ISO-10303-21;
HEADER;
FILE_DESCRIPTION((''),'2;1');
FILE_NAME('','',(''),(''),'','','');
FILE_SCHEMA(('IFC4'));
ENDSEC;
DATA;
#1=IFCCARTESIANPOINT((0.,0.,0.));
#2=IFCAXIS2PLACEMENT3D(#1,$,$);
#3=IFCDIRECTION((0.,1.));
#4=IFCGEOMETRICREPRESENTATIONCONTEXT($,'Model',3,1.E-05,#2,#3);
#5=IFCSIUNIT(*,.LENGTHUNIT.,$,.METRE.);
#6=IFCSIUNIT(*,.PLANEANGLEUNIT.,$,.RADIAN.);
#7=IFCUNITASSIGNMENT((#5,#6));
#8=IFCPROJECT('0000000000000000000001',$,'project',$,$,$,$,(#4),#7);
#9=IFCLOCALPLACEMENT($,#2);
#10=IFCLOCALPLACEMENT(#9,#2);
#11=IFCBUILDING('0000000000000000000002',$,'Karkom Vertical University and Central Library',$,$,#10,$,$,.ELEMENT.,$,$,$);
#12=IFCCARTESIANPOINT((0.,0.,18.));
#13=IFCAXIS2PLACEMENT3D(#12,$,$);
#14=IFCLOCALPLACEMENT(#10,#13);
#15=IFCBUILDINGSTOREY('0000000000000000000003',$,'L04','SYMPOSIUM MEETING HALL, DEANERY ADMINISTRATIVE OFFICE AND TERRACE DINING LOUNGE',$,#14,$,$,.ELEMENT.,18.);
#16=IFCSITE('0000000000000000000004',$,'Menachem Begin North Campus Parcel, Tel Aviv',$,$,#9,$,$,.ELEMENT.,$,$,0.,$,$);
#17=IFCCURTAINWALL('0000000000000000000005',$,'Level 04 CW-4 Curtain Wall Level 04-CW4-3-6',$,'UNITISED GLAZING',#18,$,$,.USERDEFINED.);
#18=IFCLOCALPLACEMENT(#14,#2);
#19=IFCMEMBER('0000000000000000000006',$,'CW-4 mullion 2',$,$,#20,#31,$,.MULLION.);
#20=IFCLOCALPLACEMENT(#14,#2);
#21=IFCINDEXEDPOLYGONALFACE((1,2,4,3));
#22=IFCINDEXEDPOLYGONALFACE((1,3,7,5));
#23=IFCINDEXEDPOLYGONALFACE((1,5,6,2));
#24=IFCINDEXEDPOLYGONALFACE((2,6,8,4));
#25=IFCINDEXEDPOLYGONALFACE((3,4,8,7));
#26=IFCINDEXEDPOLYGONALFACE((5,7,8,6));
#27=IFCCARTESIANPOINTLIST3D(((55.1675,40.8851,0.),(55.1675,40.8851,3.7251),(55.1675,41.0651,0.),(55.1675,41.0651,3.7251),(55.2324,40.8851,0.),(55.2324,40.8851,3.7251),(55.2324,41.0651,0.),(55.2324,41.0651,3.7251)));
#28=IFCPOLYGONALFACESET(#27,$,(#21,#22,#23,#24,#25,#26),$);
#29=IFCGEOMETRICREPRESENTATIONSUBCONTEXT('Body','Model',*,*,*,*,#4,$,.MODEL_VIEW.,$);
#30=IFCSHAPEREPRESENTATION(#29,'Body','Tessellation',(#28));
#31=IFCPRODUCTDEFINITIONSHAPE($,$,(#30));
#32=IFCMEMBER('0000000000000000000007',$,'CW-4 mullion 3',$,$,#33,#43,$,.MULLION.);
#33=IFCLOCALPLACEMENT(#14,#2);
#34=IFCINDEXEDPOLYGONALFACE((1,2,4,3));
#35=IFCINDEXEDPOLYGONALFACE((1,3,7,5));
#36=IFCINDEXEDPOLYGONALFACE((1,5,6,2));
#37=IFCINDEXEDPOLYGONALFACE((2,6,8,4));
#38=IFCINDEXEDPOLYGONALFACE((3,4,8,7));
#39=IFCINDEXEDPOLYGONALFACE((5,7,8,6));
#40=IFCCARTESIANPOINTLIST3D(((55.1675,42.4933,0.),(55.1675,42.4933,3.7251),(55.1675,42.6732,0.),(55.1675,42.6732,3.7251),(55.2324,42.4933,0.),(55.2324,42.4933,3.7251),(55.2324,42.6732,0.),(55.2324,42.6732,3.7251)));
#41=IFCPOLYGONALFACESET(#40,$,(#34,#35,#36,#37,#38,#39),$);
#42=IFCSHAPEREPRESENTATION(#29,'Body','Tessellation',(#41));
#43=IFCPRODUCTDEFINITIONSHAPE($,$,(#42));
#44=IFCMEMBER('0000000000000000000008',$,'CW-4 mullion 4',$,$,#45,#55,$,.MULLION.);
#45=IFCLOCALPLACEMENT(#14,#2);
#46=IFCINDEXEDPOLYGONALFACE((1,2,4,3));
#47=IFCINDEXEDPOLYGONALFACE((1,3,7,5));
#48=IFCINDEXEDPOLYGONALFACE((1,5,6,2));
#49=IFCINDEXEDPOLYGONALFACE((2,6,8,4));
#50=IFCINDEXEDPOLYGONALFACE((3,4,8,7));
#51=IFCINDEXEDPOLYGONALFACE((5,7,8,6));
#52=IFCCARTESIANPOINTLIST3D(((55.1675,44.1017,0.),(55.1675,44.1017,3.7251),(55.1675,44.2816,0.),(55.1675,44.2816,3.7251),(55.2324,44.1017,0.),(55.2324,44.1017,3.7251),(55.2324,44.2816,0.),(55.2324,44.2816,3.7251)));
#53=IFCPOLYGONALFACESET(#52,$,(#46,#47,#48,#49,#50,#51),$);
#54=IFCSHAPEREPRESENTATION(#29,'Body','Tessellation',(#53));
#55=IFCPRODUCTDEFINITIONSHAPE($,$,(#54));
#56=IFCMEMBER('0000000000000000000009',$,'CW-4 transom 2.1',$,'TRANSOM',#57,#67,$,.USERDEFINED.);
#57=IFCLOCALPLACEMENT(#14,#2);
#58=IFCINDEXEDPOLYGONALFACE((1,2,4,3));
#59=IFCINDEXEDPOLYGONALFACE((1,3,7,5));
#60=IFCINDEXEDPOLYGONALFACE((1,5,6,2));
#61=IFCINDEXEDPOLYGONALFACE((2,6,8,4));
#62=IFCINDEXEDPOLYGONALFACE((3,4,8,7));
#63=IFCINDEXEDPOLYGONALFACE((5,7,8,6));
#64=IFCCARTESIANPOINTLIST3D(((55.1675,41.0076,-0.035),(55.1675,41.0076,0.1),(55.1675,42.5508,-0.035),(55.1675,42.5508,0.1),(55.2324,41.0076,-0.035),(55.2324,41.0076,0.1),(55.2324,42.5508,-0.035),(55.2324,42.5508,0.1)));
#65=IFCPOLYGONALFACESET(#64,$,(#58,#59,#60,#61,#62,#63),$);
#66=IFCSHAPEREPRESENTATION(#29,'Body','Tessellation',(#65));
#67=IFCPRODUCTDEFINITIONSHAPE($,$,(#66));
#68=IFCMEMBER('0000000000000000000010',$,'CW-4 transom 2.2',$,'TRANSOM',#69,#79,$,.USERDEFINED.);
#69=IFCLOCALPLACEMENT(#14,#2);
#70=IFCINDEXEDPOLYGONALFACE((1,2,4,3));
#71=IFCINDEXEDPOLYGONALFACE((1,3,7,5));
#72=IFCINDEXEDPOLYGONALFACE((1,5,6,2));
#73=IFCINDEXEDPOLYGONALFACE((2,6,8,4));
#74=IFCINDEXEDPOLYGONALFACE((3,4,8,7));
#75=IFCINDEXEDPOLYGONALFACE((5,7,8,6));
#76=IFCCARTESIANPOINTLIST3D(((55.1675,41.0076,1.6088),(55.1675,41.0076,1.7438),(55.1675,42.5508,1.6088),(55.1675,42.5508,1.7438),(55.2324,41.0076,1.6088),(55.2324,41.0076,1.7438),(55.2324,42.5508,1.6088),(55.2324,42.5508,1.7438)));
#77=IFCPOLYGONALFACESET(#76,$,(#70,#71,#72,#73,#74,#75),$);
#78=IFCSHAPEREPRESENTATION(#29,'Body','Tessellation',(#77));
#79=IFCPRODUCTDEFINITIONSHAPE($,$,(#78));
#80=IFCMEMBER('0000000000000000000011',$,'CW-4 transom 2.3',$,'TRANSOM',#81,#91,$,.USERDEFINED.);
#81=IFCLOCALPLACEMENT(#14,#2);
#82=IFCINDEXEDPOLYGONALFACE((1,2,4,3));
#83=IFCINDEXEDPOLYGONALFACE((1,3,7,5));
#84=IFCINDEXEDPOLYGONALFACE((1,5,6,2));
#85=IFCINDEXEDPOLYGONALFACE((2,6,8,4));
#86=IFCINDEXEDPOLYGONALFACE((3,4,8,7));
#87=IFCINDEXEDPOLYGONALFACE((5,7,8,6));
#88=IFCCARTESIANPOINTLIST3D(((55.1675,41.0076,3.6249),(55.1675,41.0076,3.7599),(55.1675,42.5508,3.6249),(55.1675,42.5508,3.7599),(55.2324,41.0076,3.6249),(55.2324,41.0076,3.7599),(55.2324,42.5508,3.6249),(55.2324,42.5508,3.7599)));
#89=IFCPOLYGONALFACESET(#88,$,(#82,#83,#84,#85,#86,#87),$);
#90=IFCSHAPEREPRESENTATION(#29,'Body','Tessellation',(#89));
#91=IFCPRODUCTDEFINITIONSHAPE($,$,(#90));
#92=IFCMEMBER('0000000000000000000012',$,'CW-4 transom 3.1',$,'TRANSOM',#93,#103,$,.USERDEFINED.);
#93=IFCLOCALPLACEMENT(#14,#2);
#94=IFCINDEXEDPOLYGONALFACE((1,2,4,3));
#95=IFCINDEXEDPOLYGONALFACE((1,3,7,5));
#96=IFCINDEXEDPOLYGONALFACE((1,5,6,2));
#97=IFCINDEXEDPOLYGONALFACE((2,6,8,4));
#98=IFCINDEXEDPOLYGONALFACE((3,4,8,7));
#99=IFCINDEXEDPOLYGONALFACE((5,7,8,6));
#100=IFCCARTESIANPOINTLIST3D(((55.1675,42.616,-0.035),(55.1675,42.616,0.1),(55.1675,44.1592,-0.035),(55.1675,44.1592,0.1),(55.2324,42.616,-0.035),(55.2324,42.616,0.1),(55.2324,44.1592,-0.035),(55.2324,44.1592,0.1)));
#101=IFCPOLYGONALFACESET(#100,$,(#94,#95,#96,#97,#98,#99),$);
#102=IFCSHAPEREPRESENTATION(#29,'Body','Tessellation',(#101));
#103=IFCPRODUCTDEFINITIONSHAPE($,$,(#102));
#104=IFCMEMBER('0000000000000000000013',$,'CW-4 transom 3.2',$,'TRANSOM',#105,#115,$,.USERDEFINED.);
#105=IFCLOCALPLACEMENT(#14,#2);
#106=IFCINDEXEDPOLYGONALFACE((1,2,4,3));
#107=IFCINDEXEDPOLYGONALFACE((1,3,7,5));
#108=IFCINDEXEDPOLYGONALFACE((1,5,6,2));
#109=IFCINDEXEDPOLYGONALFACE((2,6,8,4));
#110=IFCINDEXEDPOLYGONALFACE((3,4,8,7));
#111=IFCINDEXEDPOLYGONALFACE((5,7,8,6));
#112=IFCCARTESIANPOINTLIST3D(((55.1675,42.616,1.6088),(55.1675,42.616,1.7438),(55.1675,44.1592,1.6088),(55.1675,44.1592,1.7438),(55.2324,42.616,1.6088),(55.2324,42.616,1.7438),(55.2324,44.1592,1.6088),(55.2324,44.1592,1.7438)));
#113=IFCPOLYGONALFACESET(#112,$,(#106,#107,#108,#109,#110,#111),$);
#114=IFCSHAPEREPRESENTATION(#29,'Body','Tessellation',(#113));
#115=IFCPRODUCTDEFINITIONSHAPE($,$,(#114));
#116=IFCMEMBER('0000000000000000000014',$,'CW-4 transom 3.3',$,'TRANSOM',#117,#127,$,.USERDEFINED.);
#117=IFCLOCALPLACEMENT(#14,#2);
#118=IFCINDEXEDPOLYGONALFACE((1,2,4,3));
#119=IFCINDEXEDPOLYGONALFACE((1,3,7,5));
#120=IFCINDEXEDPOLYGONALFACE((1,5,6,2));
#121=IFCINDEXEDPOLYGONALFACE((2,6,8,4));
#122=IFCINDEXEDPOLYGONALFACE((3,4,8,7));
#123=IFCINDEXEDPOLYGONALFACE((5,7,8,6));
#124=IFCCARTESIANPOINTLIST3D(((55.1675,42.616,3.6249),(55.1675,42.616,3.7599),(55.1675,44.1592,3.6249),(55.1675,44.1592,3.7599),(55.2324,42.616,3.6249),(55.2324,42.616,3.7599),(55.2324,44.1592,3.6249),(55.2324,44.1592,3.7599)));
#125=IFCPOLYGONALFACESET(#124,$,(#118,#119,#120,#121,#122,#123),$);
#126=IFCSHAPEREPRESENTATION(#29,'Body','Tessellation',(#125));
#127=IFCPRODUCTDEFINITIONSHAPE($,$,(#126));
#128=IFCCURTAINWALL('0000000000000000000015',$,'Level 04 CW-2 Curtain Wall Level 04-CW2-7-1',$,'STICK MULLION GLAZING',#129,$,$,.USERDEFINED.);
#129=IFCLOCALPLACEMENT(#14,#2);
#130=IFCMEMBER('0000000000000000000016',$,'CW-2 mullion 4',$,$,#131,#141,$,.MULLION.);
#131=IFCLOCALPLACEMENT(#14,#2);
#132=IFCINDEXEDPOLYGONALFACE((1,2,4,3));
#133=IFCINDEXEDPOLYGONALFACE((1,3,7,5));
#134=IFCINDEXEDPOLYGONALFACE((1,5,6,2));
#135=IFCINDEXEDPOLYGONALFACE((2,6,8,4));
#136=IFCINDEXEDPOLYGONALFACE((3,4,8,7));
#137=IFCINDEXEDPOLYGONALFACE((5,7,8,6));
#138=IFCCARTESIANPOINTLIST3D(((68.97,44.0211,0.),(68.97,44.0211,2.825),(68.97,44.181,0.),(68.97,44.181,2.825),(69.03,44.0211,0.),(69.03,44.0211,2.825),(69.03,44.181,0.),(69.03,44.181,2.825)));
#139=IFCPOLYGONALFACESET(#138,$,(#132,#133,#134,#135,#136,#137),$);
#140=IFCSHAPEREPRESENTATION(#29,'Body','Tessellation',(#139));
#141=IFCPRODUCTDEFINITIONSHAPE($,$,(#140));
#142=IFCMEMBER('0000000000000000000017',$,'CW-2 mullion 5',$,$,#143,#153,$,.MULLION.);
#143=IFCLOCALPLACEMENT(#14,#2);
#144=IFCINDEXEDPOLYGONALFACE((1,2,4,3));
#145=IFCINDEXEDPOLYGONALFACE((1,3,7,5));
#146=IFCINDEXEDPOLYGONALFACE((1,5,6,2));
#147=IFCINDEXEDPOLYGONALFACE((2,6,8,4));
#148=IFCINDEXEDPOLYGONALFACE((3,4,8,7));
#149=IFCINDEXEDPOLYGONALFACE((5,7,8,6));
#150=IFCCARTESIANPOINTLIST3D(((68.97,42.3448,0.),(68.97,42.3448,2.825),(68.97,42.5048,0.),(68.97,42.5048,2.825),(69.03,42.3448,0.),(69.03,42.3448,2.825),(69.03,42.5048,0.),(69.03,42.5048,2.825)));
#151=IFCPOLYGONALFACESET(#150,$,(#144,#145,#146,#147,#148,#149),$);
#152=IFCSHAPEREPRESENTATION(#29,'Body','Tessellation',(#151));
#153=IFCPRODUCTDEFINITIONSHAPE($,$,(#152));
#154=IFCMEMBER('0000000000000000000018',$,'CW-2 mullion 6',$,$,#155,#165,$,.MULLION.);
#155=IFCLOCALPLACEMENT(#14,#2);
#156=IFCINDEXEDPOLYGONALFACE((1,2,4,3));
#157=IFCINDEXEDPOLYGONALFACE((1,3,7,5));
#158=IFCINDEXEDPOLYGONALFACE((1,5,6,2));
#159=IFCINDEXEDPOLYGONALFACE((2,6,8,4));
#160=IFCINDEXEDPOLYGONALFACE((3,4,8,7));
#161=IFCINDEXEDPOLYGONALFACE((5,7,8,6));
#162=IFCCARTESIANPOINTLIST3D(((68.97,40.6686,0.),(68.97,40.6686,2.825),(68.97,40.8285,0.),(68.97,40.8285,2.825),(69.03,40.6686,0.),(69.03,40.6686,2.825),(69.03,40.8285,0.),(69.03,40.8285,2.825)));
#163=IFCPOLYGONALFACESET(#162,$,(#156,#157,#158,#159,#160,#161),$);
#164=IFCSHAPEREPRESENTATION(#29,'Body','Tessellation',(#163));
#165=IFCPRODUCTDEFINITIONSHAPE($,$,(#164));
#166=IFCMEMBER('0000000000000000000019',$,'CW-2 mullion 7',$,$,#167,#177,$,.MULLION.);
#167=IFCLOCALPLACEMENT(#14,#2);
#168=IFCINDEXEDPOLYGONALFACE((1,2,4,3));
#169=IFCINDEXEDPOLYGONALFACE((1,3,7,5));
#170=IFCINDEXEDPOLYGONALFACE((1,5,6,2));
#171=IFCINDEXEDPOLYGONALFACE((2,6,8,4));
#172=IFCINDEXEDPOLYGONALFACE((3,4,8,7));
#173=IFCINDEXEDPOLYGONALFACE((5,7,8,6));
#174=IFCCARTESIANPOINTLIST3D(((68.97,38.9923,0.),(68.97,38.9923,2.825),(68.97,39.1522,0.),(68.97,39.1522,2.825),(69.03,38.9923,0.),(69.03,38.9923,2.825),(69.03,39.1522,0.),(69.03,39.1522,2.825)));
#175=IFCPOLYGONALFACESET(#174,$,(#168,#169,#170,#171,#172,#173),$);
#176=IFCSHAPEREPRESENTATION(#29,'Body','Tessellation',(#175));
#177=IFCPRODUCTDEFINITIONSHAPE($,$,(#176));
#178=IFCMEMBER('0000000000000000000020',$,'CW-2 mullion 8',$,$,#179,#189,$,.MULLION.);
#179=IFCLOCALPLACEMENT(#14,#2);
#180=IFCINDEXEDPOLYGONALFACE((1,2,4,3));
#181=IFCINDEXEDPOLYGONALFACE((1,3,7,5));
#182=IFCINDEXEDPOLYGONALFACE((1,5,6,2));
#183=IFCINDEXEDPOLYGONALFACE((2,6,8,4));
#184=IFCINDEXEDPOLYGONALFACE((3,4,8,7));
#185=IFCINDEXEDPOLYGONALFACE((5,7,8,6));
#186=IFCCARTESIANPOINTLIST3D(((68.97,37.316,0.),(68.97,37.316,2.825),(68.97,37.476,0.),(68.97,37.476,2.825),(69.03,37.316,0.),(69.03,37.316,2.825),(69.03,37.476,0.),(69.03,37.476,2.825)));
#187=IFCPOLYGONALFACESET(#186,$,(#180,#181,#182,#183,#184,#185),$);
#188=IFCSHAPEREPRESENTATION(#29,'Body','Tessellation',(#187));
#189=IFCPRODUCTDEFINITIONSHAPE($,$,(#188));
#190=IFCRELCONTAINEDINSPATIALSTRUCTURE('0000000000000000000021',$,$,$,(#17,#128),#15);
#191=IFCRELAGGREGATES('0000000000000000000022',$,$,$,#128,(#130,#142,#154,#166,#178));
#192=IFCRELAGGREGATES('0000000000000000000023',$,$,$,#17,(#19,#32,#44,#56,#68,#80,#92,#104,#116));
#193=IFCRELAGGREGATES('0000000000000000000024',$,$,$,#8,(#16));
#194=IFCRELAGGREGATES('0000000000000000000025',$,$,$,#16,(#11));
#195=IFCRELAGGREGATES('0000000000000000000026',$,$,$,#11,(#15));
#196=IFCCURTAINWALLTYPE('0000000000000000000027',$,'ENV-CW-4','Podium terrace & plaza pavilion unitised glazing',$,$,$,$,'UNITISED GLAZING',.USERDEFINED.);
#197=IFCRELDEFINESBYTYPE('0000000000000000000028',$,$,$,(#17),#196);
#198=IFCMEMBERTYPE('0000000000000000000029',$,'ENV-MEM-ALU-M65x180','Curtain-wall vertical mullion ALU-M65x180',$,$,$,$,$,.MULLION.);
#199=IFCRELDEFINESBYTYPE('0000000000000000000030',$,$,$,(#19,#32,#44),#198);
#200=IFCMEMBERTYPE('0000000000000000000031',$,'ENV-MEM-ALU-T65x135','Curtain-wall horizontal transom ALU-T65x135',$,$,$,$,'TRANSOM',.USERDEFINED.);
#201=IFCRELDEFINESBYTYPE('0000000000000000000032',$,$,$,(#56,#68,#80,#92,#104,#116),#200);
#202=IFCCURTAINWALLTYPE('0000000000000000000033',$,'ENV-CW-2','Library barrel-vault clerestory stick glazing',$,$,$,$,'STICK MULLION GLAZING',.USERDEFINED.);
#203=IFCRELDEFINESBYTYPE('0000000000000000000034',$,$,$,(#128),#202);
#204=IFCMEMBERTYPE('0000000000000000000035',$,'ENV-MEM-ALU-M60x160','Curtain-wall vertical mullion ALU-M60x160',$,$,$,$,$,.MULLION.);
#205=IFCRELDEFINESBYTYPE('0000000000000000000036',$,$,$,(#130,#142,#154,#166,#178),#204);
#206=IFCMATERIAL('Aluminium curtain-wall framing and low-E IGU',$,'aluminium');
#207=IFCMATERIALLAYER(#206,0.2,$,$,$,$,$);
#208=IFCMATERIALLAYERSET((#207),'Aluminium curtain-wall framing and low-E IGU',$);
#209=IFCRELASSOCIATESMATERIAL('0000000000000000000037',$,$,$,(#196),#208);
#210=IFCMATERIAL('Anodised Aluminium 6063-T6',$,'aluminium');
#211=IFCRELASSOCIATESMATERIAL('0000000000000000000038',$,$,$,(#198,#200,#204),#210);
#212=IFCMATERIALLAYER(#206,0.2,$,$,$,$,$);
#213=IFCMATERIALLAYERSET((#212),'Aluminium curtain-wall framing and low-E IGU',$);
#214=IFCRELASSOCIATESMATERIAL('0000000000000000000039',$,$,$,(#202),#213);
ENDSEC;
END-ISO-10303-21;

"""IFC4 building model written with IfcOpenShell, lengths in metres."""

from ifc_helpers import new_model, si_unit, direction, frame, origin, origin_with_axes, origin_2d, place, context, subcontext, project, spatial, rectangle, extrude, source, transform, mapped, material, layer, layer_set, material_profile, profile_set, type_object, element, aggregate, save


model = new_model("IFC4")

# Units and contexts
model_context = context("Model", 3, precision=1e-05, world=origin(), true_north=direction((0.0, 1.0)))
body_context = subcontext(model_context, "Body", "Model", "MODEL_VIEW")
ifc_project = project(units=[si_unit("LENGTHUNIT", "METRE"), si_unit("PLANEANGLEUNIT", "RADIAN")], contexts=[model_context])

# Site, building, storey
site_placement = place(None, origin())
site = spatial("IfcSite", under=ifc_project, at=site_placement, Name="Menachem Begin North Campus Parcel, Tel Aviv", CompositionType="ELEMENT", RefElevation=0.0)
building_placement = place(site_placement, origin())
building = spatial("IfcBuilding", under=site, at=building_placement, Name="Karkom Vertical University and Central Library", CompositionType="ELEMENT")
storey_placement = place(building_placement, frame((0.0, 0.0, 18.0)))
storey = spatial("IfcBuildingStorey", under=building, at=storey_placement, Name="L04", Description="SYMPOSIUM MEETING HALL, DEANERY ADMINISTRATIVE OFFICE AND TERRACE DINING LOUNGE", CompositionType="ELEMENT", Elevation=18.0)

# Curtain walls, members
ifc_material_1 = material(Name="Aluminium curtain-wall framing and low-E IGU", Category="aluminium")
ifc_layer_1 = layer(ifc_material_1, 0.2)
ifc_layer_set_1 = layer_set([ifc_layer_1], Name="Aluminium curtain-wall framing and low-E IGU")
curtain_wall_type_1 = type_object("IfcCurtainWallType", Name="ENV-CW-4", Description="Podium terrace & plaza pavilion unitised glazing", ElementType="UNITISED GLAZING", PredefinedType="USERDEFINED", material=ifc_layer_set_1)
curtain_wall_1_placement = place(storey_placement, origin())
curtain_wall_1 = element("IfcCurtainWall", 1, at=curtain_wall_1_placement, inside=storey, type_object=curtain_wall_type_1, Name="Level 04 CW-4 Curtain Wall Level 04-CW4-3-6", ObjectType="UNITISED GLAZING", PredefinedType="USERDEFINED")
ifc_material_2 = material(Name="Anodised Aluminium 6063-T6", Category="aluminium")
ifc_material_profile_1 = material_profile(ifc_material_2, rectangle(XDim=0.0649, YDim=0.1799, at=origin_2d()), Name="ALU-M65x180")
ifc_profile_set_1 = profile_set([ifc_material_profile_1], Name="Anodised Aluminium 6063-T6")
member_type_1 = type_object("IfcMemberType", Name="ENV-MEM-ALU-M65x180", Description="Curtain-wall vertical mullion ALU-M65x180", PredefinedType="MULLION", material=ifc_profile_set_1)
shared_shape_1 = source(origin_with_axes(), body_context, "Body", "SweptSolid", [
    extrude(rectangle(XDim=0.0649, YDim=0.1799, at=origin_2d()), origin(), (0.0, 0.0, 1.0), 3.7251),
])
member_1_placement = place(storey_placement, frame((55.2, 40.9751, 0.0), z_axis=(0.0, 0.0, 1.0), x_axis=(-1.0, 0.0, 0.0)))
member_1 = element("IfcMember", 2, at=member_1_placement, type_object=member_type_1, Name="CW-4 mullion 2", PredefinedType="MULLION", context=body_context, shape_type="MappedRepresentation", body=[
    mapped(shared_shape_1, transform((0.0, 0.0, 0.0), scale=1.0)),
])
member_2_placement = place(storey_placement, frame((55.2, 42.5833, 0.0), z_axis=(0.0, 0.0, 1.0), x_axis=(-1.0, 0.0, 0.0)))
member_2 = element("IfcMember", 3, at=member_2_placement, type_object=member_type_1, Name="CW-4 mullion 3", PredefinedType="MULLION", context=body_context, shape_type="MappedRepresentation", body=[
    mapped(shared_shape_1, transform((0.0, 0.0, 0.0), scale=1.0)),
])
member_3_placement = place(storey_placement, frame((55.2, 44.1917, 0.0), z_axis=(0.0, 0.0, 1.0), x_axis=(-1.0, 0.0, 0.0)))
member_3 = element("IfcMember", 4, at=member_3_placement, type_object=member_type_1, Name="CW-4 mullion 4", PredefinedType="MULLION", context=body_context, shape_type="MappedRepresentation", body=[
    mapped(shared_shape_1, transform((0.0, 0.0, 0.0), scale=1.0)),
])
ifc_material_profile_2 = material_profile(ifc_material_2, rectangle(XDim=0.0649, YDim=0.135, at=origin_2d()), Name="ALU-T65x135")
ifc_profile_set_2 = profile_set([ifc_material_profile_2], Name="Anodised Aluminium 6063-T6")
member_type_2 = type_object("IfcMemberType", Name="ENV-MEM-ALU-T65x135", Description="Curtain-wall horizontal transom ALU-T65x135", ElementType="TRANSOM", PredefinedType="USERDEFINED", material=ifc_profile_set_2)
shared_shape_2 = source(origin_with_axes(), body_context, "Body", "SweptSolid", [
    extrude(rectangle(XDim=0.0649, YDim=0.135, at=origin_2d()), origin(), (0.0, 0.0, 1.0), 1.5432),
])
member_4_placement = place(storey_placement, frame((55.2, 41.0076, 0.0325), z_axis=(0.0, 1.0, 0.0), x_axis=(-1.0, 0.0, 0.0)))
member_4 = element("IfcMember", 5, at=member_4_placement, type_object=member_type_2, Name="CW-4 transom 2.1", ObjectType="TRANSOM", PredefinedType="USERDEFINED", context=body_context, shape_type="MappedRepresentation", body=[
    mapped(shared_shape_2, transform((0.0, 0.0, 0.0), scale=1.0)),
])
member_5_placement = place(storey_placement, frame((55.2, 41.0076, 1.6763), z_axis=(0.0, 1.0, 0.0), x_axis=(-1.0, 0.0, 0.0)))
member_5 = element("IfcMember", 6, at=member_5_placement, type_object=member_type_2, Name="CW-4 transom 2.2", ObjectType="TRANSOM", PredefinedType="USERDEFINED", context=body_context, shape_type="MappedRepresentation", body=[
    mapped(shared_shape_2, transform((0.0, 0.0, 0.0), scale=1.0)),
])
member_6_placement = place(storey_placement, frame((55.2, 41.0076, 3.6924), z_axis=(0.0, 1.0, 0.0), x_axis=(-1.0, 0.0, 0.0)))
member_6 = element("IfcMember", 7, at=member_6_placement, type_object=member_type_2, Name="CW-4 transom 2.3", ObjectType="TRANSOM", PredefinedType="USERDEFINED", context=body_context, shape_type="MappedRepresentation", body=[
    mapped(shared_shape_2, transform((0.0, 0.0, 0.0), scale=1.0)),
])
member_7_placement = place(storey_placement, frame((55.2, 42.616, 0.0325), z_axis=(0.0, 1.0, 0.0), x_axis=(-1.0, 0.0, 0.0)))
member_7 = element("IfcMember", 8, at=member_7_placement, type_object=member_type_2, Name="CW-4 transom 3.1", ObjectType="TRANSOM", PredefinedType="USERDEFINED", context=body_context, shape_type="MappedRepresentation", body=[
    mapped(shared_shape_2, transform((0.0, 0.0, 0.0), scale=1.0)),
])
member_8_placement = place(storey_placement, frame((55.2, 42.616, 1.6763), z_axis=(0.0, 1.0, 0.0), x_axis=(-1.0, 0.0, 0.0)))
member_8 = element("IfcMember", 9, at=member_8_placement, type_object=member_type_2, Name="CW-4 transom 3.2", ObjectType="TRANSOM", PredefinedType="USERDEFINED", context=body_context, shape_type="MappedRepresentation", body=[
    mapped(shared_shape_2, transform((0.0, 0.0, 0.0), scale=1.0)),
])
member_9_placement = place(storey_placement, frame((55.2, 42.616, 3.6924), z_axis=(0.0, 1.0, 0.0), x_axis=(-1.0, 0.0, 0.0)))
member_9 = element("IfcMember", 10, at=member_9_placement, type_object=member_type_2, Name="CW-4 transom 3.3", ObjectType="TRANSOM", PredefinedType="USERDEFINED", context=body_context, shape_type="MappedRepresentation", body=[
    mapped(shared_shape_2, transform((0.0, 0.0, 0.0), scale=1.0)),
])
ifc_layer_2 = layer(ifc_material_1, 0.2)
ifc_layer_set_2 = layer_set([ifc_layer_2], Name="Aluminium curtain-wall framing and low-E IGU")
curtain_wall_type_2 = type_object("IfcCurtainWallType", Name="ENV-CW-2", Description="Library barrel-vault clerestory stick glazing", ElementType="STICK MULLION GLAZING", PredefinedType="USERDEFINED", material=ifc_layer_set_2)
curtain_wall_2_placement = place(storey_placement, origin())
curtain_wall_2 = element("IfcCurtainWall", 11, at=curtain_wall_2_placement, inside=storey, type_object=curtain_wall_type_2, Name="Level 04 CW-2 Curtain Wall Level 04-CW2-7-1", ObjectType="STICK MULLION GLAZING", PredefinedType="USERDEFINED")
ifc_material_profile_3 = material_profile(ifc_material_2, rectangle(XDim=0.0601, YDim=0.1599, at=origin_2d()), Name="ALU-M60x160")
ifc_profile_set_3 = profile_set([ifc_material_profile_3], Name="Anodised Aluminium 6063-T6")
member_type_3 = type_object("IfcMemberType", Name="ENV-MEM-ALU-M60x160", Description="Curtain-wall vertical mullion ALU-M60x160", PredefinedType="MULLION", material=ifc_profile_set_3)
shared_shape_3 = source(origin_with_axes(), body_context, "Body", "SweptSolid", [
    extrude(rectangle(XDim=0.0601, YDim=0.1599, at=origin_2d()), origin(), (0.0, 0.0, 1.0), 2.825),
])
member_10_placement = place(storey_placement, frame((69.0, 44.1011, 0.0), z_axis=(0.0, 0.0, 1.0), x_axis=(1.0, 0.0, 0.0)))
member_10 = element("IfcMember", 12, at=member_10_placement, type_object=member_type_3, Name="CW-2 mullion 4", PredefinedType="MULLION", context=body_context, shape_type="MappedRepresentation", body=[
    mapped(shared_shape_3, transform((0.0, 0.0, 0.0), scale=1.0)),
])
member_11_placement = place(storey_placement, frame((69.0, 42.4248, 0.0), z_axis=(0.0, 0.0, 1.0), x_axis=(1.0, 0.0, 0.0)))
member_11 = element("IfcMember", 13, at=member_11_placement, type_object=member_type_3, Name="CW-2 mullion 5", PredefinedType="MULLION", context=body_context, shape_type="MappedRepresentation", body=[
    mapped(shared_shape_3, transform((0.0, 0.0, 0.0), scale=1.0)),
])
member_12_placement = place(storey_placement, frame((69.0, 40.7485, 0.0), z_axis=(0.0, 0.0, 1.0), x_axis=(1.0, 0.0, 0.0)))
member_12 = element("IfcMember", 14, at=member_12_placement, type_object=member_type_3, Name="CW-2 mullion 6", PredefinedType="MULLION", context=body_context, shape_type="MappedRepresentation", body=[
    mapped(shared_shape_3, transform((0.0, 0.0, 0.0), scale=1.0)),
])
member_13_placement = place(storey_placement, frame((69.0, 39.0723, 0.0), z_axis=(0.0, 0.0, 1.0), x_axis=(1.0, 0.0, 0.0)))
member_13 = element("IfcMember", 15, at=member_13_placement, type_object=member_type_3, Name="CW-2 mullion 7", PredefinedType="MULLION", context=body_context, shape_type="MappedRepresentation", body=[
    mapped(shared_shape_3, transform((0.0, 0.0, 0.0), scale=1.0)),
])
member_14_placement = place(storey_placement, frame((69.0, 37.396, 0.0), z_axis=(0.0, 0.0, 1.0), x_axis=(1.0, 0.0, 0.0)))
member_14 = element("IfcMember", 16, at=member_14_placement, type_object=member_type_3, Name="CW-2 mullion 8", PredefinedType="MULLION", context=body_context, shape_type="MappedRepresentation", body=[
    mapped(shared_shape_3, transform((0.0, 0.0, 0.0), scale=1.0)),
])
aggregate(curtain_wall_2, [member_10, member_11, member_12, member_13, member_14])

aggregate(curtain_wall_1, [member_1, member_2, member_3, member_4, member_5, member_6, member_7, member_8, member_9])

save(model, "model.ifc")
